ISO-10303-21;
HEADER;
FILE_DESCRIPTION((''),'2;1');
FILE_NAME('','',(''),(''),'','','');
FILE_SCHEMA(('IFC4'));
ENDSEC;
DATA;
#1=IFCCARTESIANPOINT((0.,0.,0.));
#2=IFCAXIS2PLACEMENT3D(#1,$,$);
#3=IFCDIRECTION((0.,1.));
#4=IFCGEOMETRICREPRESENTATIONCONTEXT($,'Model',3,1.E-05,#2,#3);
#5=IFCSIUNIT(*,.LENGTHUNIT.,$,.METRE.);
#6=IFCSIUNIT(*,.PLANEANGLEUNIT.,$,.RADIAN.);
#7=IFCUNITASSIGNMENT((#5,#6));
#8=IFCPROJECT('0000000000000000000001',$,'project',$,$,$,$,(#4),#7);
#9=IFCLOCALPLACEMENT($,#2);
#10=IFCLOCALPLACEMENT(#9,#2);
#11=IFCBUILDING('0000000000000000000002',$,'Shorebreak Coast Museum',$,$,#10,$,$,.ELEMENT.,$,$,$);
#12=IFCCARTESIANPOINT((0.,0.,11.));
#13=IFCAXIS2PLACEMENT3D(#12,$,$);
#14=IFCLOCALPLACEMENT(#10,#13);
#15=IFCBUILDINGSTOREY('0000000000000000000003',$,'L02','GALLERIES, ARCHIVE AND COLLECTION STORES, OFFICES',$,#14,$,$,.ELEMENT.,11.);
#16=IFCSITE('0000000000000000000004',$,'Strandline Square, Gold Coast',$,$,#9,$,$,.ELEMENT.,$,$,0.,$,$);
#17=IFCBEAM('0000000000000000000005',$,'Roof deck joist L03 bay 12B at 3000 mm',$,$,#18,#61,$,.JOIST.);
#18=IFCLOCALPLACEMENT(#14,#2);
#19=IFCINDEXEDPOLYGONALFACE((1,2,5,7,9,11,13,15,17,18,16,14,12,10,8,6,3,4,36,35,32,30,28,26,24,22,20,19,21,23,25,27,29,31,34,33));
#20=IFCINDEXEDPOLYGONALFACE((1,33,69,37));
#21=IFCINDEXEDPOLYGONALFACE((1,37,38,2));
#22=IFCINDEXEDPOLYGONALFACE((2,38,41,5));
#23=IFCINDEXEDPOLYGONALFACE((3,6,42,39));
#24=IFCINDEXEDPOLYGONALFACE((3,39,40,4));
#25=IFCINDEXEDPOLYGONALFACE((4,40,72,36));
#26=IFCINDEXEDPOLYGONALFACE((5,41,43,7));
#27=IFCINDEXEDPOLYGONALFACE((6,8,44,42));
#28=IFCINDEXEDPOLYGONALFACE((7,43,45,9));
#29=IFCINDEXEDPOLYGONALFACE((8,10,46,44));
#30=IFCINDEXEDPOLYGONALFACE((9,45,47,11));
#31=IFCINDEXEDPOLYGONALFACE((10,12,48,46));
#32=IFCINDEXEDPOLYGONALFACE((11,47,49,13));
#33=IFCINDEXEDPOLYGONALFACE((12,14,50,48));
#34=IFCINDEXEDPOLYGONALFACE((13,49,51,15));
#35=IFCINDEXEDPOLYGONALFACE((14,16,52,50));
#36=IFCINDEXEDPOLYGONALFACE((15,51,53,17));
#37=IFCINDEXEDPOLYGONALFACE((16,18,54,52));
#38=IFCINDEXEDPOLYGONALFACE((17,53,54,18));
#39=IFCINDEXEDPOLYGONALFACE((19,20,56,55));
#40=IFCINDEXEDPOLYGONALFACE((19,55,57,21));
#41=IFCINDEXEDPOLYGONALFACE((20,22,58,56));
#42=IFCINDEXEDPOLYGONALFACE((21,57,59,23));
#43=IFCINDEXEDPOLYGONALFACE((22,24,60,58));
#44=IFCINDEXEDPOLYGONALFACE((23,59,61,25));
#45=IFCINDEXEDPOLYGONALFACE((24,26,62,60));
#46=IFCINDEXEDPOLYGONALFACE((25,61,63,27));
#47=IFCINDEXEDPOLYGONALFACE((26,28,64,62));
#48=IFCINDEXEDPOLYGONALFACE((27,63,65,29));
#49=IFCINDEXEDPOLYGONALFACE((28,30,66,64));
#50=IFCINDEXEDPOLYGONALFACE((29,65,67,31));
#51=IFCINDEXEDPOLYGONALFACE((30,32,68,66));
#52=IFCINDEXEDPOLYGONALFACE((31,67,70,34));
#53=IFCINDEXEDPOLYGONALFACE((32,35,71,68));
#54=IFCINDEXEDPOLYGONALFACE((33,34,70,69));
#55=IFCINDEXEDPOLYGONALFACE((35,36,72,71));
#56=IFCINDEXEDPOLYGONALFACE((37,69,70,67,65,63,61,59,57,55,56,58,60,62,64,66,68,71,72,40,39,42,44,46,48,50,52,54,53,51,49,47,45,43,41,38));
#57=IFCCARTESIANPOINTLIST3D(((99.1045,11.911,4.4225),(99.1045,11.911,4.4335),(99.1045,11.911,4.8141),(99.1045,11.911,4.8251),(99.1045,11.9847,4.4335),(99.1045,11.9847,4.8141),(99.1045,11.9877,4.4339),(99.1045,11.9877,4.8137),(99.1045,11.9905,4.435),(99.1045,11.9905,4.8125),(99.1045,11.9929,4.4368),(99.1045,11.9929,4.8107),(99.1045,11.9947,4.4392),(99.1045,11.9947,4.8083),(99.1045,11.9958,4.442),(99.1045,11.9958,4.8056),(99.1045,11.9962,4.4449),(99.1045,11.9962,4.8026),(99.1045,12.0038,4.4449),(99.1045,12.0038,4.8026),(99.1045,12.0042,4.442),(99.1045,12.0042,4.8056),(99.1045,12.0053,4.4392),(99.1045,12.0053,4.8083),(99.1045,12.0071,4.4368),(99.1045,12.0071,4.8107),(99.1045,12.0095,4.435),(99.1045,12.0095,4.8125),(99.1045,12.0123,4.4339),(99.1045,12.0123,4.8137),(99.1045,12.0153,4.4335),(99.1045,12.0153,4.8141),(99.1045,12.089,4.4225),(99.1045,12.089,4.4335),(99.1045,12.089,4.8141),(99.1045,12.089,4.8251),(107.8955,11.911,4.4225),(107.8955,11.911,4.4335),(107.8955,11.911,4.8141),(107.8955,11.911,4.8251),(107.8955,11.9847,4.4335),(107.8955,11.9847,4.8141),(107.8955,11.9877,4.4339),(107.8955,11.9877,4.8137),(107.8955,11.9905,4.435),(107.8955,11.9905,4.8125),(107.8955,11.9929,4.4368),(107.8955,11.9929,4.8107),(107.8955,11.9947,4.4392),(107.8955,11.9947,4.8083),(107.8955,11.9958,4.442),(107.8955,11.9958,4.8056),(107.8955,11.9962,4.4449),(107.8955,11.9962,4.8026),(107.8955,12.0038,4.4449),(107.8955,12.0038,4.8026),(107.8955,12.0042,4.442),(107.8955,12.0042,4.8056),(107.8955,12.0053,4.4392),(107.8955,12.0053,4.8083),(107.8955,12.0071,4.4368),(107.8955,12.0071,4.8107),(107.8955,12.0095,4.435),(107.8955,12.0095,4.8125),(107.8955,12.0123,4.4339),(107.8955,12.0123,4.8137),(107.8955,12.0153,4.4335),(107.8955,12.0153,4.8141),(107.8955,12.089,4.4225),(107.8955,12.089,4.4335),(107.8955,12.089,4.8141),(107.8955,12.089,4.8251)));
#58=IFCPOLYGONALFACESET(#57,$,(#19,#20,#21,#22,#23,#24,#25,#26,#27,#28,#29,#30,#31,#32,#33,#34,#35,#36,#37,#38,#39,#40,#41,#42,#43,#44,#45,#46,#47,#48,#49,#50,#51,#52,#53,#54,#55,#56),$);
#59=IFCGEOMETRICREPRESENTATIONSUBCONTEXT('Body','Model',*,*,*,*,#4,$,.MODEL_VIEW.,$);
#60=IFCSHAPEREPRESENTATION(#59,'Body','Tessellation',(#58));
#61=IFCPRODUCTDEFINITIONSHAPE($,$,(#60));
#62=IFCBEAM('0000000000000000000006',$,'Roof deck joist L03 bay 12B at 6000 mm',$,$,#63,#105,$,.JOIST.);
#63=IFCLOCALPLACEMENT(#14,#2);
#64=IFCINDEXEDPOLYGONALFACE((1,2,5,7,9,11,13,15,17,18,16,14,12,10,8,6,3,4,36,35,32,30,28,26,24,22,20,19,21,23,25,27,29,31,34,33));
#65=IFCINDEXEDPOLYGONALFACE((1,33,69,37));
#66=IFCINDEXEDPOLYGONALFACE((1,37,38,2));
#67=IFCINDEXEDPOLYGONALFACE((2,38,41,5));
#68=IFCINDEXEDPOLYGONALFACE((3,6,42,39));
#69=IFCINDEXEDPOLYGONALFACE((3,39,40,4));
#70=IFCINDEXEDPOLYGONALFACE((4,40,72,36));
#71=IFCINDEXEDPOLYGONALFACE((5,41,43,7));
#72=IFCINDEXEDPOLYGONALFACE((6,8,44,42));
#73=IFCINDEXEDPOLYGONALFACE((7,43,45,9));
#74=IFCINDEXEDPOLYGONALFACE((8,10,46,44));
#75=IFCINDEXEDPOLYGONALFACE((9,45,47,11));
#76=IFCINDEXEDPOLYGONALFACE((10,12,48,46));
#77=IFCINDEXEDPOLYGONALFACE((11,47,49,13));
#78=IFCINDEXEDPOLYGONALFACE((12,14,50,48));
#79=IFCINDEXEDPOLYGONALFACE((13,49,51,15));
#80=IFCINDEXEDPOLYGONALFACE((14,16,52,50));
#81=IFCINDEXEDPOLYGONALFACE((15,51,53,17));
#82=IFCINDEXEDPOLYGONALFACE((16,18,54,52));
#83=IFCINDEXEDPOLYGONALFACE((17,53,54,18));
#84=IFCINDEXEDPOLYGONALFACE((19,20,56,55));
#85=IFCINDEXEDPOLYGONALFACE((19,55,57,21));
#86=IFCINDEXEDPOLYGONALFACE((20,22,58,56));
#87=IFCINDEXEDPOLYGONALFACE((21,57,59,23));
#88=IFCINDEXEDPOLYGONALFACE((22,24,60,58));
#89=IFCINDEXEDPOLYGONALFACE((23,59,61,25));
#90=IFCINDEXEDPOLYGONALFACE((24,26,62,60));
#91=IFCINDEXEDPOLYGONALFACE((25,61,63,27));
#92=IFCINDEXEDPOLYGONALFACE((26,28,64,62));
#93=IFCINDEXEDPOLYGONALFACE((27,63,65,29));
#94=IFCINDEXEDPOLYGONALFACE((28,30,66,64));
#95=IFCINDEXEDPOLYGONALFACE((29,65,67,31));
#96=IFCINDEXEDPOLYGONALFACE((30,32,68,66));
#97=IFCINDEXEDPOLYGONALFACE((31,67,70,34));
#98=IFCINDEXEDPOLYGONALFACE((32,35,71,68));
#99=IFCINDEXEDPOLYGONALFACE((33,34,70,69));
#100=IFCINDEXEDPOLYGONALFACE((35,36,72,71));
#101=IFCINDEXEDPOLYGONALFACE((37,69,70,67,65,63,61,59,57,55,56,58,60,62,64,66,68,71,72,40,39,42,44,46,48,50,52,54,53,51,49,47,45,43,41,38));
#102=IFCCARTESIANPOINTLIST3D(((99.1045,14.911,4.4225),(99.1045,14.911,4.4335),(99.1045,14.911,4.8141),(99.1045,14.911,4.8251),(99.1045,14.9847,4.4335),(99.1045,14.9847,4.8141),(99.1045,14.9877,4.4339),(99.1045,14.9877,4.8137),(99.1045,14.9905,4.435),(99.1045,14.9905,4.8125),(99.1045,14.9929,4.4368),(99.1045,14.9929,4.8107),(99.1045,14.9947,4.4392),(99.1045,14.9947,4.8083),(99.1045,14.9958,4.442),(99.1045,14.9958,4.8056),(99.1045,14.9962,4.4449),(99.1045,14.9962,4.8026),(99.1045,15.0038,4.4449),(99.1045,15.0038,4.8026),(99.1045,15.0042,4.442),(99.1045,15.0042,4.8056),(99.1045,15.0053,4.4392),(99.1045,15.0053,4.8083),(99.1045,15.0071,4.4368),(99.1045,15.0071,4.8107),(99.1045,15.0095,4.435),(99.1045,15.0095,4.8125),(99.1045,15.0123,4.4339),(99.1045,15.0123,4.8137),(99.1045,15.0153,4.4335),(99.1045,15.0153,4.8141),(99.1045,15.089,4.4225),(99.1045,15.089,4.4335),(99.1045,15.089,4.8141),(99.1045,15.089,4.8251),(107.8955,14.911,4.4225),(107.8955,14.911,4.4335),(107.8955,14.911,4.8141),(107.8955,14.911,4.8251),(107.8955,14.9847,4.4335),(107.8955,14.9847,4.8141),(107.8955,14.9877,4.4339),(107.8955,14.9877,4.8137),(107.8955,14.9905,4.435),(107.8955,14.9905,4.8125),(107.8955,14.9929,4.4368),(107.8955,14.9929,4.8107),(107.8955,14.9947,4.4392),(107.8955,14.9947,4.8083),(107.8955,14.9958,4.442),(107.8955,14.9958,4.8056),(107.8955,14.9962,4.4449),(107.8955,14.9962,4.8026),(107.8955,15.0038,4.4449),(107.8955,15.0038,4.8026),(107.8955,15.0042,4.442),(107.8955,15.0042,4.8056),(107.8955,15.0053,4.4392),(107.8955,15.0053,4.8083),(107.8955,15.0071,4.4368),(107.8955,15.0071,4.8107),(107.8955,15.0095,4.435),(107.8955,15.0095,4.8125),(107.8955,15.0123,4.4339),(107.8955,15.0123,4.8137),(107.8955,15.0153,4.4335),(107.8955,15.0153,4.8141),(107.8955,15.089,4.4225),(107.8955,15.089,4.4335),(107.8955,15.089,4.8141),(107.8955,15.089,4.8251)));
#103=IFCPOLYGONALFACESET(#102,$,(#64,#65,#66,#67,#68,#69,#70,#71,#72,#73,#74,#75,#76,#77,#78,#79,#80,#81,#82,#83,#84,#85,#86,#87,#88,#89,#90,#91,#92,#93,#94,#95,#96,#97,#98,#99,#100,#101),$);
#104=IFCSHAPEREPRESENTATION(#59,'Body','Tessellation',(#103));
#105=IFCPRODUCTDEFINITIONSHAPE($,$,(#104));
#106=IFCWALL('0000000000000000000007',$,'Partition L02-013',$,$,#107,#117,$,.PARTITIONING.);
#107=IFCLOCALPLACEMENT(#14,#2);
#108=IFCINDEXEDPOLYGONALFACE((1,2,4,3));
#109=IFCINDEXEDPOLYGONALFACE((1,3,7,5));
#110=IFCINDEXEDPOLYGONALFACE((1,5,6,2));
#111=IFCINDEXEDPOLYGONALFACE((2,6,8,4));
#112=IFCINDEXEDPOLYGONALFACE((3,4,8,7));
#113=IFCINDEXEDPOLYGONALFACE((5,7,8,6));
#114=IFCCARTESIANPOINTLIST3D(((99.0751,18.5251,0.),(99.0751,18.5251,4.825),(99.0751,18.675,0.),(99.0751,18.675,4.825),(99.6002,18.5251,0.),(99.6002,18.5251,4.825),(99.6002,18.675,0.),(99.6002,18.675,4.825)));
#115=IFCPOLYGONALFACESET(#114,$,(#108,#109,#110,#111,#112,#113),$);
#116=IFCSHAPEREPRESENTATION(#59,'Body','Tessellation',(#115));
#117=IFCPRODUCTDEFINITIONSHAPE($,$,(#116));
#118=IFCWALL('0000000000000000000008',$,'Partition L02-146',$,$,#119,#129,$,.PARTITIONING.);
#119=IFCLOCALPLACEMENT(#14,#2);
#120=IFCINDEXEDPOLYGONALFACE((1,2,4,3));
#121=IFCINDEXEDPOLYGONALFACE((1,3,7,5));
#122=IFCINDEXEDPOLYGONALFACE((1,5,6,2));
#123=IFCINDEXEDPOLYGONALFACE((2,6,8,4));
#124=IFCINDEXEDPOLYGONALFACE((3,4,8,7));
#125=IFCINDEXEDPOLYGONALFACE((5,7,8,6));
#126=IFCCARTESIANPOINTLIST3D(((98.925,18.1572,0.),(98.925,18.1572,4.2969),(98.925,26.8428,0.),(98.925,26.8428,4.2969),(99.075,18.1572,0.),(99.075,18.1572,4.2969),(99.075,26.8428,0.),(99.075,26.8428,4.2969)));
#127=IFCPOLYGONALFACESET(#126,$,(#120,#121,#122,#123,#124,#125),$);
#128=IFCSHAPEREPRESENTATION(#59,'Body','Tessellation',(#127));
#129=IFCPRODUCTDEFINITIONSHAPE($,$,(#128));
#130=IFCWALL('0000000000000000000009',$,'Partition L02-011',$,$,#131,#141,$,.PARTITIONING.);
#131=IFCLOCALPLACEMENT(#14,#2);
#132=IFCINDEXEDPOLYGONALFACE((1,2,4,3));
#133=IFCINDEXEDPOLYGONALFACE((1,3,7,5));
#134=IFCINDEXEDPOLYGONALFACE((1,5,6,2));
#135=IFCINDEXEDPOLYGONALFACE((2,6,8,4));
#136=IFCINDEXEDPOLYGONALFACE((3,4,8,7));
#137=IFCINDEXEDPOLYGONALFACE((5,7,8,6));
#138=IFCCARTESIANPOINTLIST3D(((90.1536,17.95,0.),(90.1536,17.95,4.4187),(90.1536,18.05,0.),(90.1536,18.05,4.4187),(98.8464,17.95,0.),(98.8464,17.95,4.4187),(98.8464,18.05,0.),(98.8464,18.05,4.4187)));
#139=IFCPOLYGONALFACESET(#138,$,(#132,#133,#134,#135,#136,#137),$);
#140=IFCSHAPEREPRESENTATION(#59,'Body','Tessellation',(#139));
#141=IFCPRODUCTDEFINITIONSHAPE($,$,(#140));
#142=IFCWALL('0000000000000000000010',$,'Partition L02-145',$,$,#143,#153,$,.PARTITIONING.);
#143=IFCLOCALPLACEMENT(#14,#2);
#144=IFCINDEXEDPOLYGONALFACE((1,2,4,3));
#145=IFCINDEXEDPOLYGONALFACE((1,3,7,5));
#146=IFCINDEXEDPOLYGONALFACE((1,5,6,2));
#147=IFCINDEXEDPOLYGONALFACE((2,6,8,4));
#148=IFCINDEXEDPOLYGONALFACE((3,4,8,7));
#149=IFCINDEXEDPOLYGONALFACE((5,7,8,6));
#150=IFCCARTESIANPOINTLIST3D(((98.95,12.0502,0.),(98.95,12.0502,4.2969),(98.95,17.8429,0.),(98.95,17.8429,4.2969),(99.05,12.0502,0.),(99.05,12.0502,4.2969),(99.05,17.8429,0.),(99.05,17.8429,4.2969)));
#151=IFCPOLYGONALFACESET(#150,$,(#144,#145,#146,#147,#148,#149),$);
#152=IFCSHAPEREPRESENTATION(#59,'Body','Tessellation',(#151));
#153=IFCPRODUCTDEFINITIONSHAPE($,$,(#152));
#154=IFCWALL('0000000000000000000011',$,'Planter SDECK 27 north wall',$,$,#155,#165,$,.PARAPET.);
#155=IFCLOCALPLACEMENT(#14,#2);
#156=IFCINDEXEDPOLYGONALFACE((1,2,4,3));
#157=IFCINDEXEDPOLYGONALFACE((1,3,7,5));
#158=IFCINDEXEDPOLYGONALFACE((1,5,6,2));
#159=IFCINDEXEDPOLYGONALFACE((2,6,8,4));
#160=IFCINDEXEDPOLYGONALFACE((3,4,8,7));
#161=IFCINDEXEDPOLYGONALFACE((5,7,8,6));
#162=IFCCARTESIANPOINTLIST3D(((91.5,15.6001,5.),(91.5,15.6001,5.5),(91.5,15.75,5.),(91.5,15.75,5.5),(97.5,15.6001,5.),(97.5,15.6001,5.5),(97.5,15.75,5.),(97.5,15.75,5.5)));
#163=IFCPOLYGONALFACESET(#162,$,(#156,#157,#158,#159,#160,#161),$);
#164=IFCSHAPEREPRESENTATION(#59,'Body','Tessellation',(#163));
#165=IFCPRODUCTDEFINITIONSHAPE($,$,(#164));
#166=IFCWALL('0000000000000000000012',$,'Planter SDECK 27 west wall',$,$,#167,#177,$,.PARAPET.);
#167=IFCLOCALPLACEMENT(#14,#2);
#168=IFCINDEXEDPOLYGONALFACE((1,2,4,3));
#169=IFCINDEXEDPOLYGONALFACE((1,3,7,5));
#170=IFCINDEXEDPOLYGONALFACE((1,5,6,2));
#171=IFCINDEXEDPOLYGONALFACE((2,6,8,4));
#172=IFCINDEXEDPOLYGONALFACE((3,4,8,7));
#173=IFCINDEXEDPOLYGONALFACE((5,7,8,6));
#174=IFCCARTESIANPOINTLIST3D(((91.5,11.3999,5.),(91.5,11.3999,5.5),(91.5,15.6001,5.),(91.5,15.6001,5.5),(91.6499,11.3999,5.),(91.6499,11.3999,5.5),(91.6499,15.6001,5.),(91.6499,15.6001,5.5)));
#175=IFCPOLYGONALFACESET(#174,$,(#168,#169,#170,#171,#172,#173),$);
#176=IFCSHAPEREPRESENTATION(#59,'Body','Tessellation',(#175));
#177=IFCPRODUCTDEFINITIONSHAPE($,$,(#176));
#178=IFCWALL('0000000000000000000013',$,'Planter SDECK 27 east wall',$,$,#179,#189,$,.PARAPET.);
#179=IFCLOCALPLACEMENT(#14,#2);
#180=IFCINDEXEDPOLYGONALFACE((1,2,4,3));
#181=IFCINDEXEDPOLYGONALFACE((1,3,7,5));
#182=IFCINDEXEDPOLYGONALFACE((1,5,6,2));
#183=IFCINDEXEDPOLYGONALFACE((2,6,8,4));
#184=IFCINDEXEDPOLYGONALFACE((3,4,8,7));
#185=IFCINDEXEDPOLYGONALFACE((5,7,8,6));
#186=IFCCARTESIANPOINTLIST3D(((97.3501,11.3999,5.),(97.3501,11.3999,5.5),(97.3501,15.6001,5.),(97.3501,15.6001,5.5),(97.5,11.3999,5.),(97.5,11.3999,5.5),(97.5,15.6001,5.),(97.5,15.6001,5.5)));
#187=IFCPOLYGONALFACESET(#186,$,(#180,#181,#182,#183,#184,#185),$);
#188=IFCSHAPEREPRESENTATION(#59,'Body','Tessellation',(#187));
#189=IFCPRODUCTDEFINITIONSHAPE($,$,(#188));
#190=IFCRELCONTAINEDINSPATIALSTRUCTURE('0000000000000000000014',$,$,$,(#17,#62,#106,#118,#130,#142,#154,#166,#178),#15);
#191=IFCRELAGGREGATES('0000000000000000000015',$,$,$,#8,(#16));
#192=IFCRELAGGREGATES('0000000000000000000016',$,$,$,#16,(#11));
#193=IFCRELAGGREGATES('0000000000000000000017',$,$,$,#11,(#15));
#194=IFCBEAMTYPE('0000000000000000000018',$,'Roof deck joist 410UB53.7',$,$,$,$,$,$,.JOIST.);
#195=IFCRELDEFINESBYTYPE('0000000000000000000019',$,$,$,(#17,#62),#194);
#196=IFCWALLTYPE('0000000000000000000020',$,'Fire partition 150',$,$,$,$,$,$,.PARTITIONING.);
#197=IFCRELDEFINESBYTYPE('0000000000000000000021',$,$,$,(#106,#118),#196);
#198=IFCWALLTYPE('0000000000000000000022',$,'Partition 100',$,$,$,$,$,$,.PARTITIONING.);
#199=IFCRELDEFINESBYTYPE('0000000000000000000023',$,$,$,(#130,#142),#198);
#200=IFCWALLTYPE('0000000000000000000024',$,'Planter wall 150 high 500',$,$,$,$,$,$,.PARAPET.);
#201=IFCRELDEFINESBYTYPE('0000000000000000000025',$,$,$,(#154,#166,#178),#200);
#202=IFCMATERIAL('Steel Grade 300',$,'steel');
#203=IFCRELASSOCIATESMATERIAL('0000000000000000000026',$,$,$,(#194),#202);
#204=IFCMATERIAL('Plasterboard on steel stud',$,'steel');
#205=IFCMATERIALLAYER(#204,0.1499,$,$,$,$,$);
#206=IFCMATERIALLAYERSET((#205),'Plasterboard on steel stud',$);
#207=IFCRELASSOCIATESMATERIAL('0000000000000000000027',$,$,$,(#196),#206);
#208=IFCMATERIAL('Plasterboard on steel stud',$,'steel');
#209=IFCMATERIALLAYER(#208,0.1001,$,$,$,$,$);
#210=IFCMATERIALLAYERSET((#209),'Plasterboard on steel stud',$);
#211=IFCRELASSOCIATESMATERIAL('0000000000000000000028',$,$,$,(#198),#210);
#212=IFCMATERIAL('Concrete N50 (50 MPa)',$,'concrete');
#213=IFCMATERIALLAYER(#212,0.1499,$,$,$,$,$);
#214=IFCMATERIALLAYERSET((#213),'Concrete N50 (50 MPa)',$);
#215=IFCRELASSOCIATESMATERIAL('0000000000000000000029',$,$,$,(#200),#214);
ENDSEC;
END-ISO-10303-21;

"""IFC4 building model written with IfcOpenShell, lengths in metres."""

from ifc_helpers import new_model, si_unit, direction, frame, frame_2d, origin, origin_2d, place, context, subcontext, project, spatial, rectangle, i_section, extrude, material, layer, layer_set, material_profile, profile_set, type_object, element, save


model = new_model("IFC4")

# Units and contexts
model_context = context("Model", 3, precision=1e-05, world=origin(), true_north=direction((0.0, 1.0)))
body_context = subcontext(model_context, "Body", "Model", "MODEL_VIEW")
ifc_project = project(units=[si_unit("LENGTHUNIT", "METRE"), si_unit("PLANEANGLEUNIT", "RADIAN")], contexts=[model_context])

# Site, building, storey
site_placement = place(None, origin())
site = spatial("IfcSite", under=ifc_project, at=site_placement, Name="Strandline Square, Gold Coast", CompositionType="ELEMENT", RefElevation=0.0)
building_placement = place(site_placement, origin())
building = spatial("IfcBuilding", under=site, at=building_placement, Name="Shorebreak Coast Museum", CompositionType="ELEMENT")
storey_placement = place(building_placement, frame((0.0, 0.0, 11.0)))
storey = spatial("IfcBuildingStorey", under=building, at=storey_placement, Name="L02", Description="GALLERIES, ARCHIVE AND COLLECTION STORES, OFFICES", CompositionType="ELEMENT", Elevation=11.0)

# Beams
ifc_material_1 = material(Name="Steel Grade 300", Category="steel")
ifc_material_profile_1 = material_profile(ifc_material_1, i_section(OverallWidth=0.178, OverallDepth=0.4026, WebThickness=0.0076, FlangeThickness=0.011, FilletRadius=0.0115, at=origin_2d()), Name="410UB53.7")
ifc_profile_set_1 = profile_set([ifc_material_profile_1], Name="Steel Grade 300")
beam_type_1 = type_object("IfcBeamType", Name="Roof deck joist 410UB53.7", PredefinedType="JOIST", material=ifc_profile_set_1)
for number, where, z_axis, x_axis, name in (
    (1, (99.1045, 12.0, 4.6238), (1.0, 0.0, 0.0), (0.0, 1.0, 0.0), "Roof deck joist L03 bay 12B at 3000 mm"),
    (2, (99.1045, 15.0, 4.6238), (1.0, 0.0, 0.0), (0.0, 1.0, 0.0), "Roof deck joist L03 bay 12B at 6000 mm"),
):
    element("IfcBeam", number, at=place(storey_placement, frame(where, z_axis=z_axis, x_axis=x_axis)), inside=storey, type_object=beam_type_1, Name=name, PredefinedType="JOIST", context=body_context, shape_type="SweptSolid", body=[
        extrude(i_section(OverallWidth=0.178, OverallDepth=0.4026, WebThickness=0.0076, FlangeThickness=0.011, FilletRadius=0.0115, at=origin_2d()), origin(), (0.0, 0.0, 1.0), 8.791),
    ])

# Walls
ifc_material_2 = material(Name="Plasterboard on steel stud", Category="steel")
ifc_layer_1 = layer(ifc_material_2, 0.1499)
ifc_layer_set_1 = layer_set([ifc_layer_1], Name="Plasterboard on steel stud")
wall_type_1 = type_object("IfcWallType", Name="Fire partition 150", PredefinedType="PARTITIONING", material=ifc_layer_set_1)
wall_1_placement = place(storey_placement, frame((99.075, 18.6001, 0.0), z_axis=(0.0, 0.0, 1.0), x_axis=(1.0, 0.0, 0.0)))
element("IfcWall", 3, at=wall_1_placement, inside=storey, type_object=wall_type_1, Name="Partition L02-013", PredefinedType="PARTITIONING", context=body_context, shape_type="SweptSolid", body=[
    extrude(rectangle(XDim=0.5251, YDim=0.1499, at=frame_2d((0.2627, 0.0))), origin(), (0.0, 0.0, 1.0), 4.825),
])
wall_2_placement = place(storey_placement, frame((99.0, 18.1572, 0.0), z_axis=(0.0, 0.0, 1.0), x_axis=(0.0, 1.0, 0.0)))
element("IfcWall", 4, at=wall_2_placement, inside=storey, type_object=wall_type_1, Name="Partition L02-146", PredefinedType="PARTITIONING", context=body_context, shape_type="SweptSolid", body=[
    extrude(rectangle(XDim=8.6855, YDim=0.1499, at=frame_2d((4.3428, 0.0))), origin(), (0.0, 0.0, 1.0), 4.2969),
])
ifc_material_3 = material(Name="Plasterboard on steel stud", Category="steel")
ifc_layer_2 = layer(ifc_material_3, 0.1001)
ifc_layer_set_2 = layer_set([ifc_layer_2], Name="Plasterboard on steel stud")
wall_type_2 = type_object("IfcWallType", Name="Partition 100", PredefinedType="PARTITIONING", material=ifc_layer_set_2)
wall_3_placement = place(storey_placement, frame((90.1536, 18.0, 0.0), z_axis=(0.0, 0.0, 1.0), x_axis=(1.0, 0.0, 0.0)))
element("IfcWall", 5, at=wall_3_placement, inside=storey, type_object=wall_type_2, Name="Partition L02-011", PredefinedType="PARTITIONING", context=body_context, shape_type="SweptSolid", body=[
    extrude(rectangle(XDim=8.6929, YDim=0.1001, at=frame_2d((4.3464, 0.0))), origin(), (0.0, 0.0, 1.0), 4.4187),
])
wall_4_placement = place(storey_placement, frame((99.0, 12.05, 0.0), z_axis=(0.0, 0.0, 1.0), x_axis=(0.0, 1.0, 0.0)))
element("IfcWall", 6, at=wall_4_placement, inside=storey, type_object=wall_type_2, Name="Partition L02-145", PredefinedType="PARTITIONING", context=body_context, shape_type="SweptSolid", body=[
    extrude(rectangle(XDim=5.7927, YDim=0.1001, at=frame_2d((2.8965, 0.0))), origin(), (0.0, 0.0, 1.0), 4.2969),
])
ifc_material_4 = material(Name="Concrete N50 (50 MPa)", Category="concrete")
ifc_layer_3 = layer(ifc_material_4, 0.1499)
ifc_layer_set_3 = layer_set([ifc_layer_3], Name="Concrete N50 (50 MPa)")
wall_type_3 = type_object("IfcWallType", Name="Planter wall 150 high 500", PredefinedType="PARAPET", material=ifc_layer_set_3)
wall_5_placement = place(storey_placement, frame((91.5, 15.675, 5.0), z_axis=(0.0, 0.0, 1.0), x_axis=(1.0, 0.0, 0.0)))
element("IfcWall", 7, at=wall_5_placement, inside=storey, type_object=wall_type_3, Name="Planter SDECK 27 north wall", PredefinedType="PARAPET", context=body_context, shape_type="SweptSolid", body=[
    extrude(rectangle(XDim=6.0, YDim=0.1499, at=frame_2d((3.0, 0.0))), origin(), (0.0, 0.0, 1.0), 0.5),
])
for number, where, z_axis, x_axis, name in (
    (8, (91.575, 11.3999, 5.0), (0.0, 0.0, 1.0), (0.0, 1.0, 0.0), "Planter SDECK 27 west wall"),
    (9, (97.425, 11.3999, 5.0), (0.0, 0.0, 1.0), (0.0, 1.0, 0.0), "Planter SDECK 27 east wall"),
):
    element("IfcWall", number, at=place(storey_placement, frame(where, z_axis=z_axis, x_axis=x_axis)), inside=storey, type_object=wall_type_3, Name=name, PredefinedType="PARAPET", context=body_context, shape_type="SweptSolid", body=[
        extrude(rectangle(XDim=4.2002, YDim=0.1499, at=frame_2d((2.1001, 0.0))), origin(), (0.0, 0.0, 1.0), 0.5),
    ])

save(model, "model.ifc")
